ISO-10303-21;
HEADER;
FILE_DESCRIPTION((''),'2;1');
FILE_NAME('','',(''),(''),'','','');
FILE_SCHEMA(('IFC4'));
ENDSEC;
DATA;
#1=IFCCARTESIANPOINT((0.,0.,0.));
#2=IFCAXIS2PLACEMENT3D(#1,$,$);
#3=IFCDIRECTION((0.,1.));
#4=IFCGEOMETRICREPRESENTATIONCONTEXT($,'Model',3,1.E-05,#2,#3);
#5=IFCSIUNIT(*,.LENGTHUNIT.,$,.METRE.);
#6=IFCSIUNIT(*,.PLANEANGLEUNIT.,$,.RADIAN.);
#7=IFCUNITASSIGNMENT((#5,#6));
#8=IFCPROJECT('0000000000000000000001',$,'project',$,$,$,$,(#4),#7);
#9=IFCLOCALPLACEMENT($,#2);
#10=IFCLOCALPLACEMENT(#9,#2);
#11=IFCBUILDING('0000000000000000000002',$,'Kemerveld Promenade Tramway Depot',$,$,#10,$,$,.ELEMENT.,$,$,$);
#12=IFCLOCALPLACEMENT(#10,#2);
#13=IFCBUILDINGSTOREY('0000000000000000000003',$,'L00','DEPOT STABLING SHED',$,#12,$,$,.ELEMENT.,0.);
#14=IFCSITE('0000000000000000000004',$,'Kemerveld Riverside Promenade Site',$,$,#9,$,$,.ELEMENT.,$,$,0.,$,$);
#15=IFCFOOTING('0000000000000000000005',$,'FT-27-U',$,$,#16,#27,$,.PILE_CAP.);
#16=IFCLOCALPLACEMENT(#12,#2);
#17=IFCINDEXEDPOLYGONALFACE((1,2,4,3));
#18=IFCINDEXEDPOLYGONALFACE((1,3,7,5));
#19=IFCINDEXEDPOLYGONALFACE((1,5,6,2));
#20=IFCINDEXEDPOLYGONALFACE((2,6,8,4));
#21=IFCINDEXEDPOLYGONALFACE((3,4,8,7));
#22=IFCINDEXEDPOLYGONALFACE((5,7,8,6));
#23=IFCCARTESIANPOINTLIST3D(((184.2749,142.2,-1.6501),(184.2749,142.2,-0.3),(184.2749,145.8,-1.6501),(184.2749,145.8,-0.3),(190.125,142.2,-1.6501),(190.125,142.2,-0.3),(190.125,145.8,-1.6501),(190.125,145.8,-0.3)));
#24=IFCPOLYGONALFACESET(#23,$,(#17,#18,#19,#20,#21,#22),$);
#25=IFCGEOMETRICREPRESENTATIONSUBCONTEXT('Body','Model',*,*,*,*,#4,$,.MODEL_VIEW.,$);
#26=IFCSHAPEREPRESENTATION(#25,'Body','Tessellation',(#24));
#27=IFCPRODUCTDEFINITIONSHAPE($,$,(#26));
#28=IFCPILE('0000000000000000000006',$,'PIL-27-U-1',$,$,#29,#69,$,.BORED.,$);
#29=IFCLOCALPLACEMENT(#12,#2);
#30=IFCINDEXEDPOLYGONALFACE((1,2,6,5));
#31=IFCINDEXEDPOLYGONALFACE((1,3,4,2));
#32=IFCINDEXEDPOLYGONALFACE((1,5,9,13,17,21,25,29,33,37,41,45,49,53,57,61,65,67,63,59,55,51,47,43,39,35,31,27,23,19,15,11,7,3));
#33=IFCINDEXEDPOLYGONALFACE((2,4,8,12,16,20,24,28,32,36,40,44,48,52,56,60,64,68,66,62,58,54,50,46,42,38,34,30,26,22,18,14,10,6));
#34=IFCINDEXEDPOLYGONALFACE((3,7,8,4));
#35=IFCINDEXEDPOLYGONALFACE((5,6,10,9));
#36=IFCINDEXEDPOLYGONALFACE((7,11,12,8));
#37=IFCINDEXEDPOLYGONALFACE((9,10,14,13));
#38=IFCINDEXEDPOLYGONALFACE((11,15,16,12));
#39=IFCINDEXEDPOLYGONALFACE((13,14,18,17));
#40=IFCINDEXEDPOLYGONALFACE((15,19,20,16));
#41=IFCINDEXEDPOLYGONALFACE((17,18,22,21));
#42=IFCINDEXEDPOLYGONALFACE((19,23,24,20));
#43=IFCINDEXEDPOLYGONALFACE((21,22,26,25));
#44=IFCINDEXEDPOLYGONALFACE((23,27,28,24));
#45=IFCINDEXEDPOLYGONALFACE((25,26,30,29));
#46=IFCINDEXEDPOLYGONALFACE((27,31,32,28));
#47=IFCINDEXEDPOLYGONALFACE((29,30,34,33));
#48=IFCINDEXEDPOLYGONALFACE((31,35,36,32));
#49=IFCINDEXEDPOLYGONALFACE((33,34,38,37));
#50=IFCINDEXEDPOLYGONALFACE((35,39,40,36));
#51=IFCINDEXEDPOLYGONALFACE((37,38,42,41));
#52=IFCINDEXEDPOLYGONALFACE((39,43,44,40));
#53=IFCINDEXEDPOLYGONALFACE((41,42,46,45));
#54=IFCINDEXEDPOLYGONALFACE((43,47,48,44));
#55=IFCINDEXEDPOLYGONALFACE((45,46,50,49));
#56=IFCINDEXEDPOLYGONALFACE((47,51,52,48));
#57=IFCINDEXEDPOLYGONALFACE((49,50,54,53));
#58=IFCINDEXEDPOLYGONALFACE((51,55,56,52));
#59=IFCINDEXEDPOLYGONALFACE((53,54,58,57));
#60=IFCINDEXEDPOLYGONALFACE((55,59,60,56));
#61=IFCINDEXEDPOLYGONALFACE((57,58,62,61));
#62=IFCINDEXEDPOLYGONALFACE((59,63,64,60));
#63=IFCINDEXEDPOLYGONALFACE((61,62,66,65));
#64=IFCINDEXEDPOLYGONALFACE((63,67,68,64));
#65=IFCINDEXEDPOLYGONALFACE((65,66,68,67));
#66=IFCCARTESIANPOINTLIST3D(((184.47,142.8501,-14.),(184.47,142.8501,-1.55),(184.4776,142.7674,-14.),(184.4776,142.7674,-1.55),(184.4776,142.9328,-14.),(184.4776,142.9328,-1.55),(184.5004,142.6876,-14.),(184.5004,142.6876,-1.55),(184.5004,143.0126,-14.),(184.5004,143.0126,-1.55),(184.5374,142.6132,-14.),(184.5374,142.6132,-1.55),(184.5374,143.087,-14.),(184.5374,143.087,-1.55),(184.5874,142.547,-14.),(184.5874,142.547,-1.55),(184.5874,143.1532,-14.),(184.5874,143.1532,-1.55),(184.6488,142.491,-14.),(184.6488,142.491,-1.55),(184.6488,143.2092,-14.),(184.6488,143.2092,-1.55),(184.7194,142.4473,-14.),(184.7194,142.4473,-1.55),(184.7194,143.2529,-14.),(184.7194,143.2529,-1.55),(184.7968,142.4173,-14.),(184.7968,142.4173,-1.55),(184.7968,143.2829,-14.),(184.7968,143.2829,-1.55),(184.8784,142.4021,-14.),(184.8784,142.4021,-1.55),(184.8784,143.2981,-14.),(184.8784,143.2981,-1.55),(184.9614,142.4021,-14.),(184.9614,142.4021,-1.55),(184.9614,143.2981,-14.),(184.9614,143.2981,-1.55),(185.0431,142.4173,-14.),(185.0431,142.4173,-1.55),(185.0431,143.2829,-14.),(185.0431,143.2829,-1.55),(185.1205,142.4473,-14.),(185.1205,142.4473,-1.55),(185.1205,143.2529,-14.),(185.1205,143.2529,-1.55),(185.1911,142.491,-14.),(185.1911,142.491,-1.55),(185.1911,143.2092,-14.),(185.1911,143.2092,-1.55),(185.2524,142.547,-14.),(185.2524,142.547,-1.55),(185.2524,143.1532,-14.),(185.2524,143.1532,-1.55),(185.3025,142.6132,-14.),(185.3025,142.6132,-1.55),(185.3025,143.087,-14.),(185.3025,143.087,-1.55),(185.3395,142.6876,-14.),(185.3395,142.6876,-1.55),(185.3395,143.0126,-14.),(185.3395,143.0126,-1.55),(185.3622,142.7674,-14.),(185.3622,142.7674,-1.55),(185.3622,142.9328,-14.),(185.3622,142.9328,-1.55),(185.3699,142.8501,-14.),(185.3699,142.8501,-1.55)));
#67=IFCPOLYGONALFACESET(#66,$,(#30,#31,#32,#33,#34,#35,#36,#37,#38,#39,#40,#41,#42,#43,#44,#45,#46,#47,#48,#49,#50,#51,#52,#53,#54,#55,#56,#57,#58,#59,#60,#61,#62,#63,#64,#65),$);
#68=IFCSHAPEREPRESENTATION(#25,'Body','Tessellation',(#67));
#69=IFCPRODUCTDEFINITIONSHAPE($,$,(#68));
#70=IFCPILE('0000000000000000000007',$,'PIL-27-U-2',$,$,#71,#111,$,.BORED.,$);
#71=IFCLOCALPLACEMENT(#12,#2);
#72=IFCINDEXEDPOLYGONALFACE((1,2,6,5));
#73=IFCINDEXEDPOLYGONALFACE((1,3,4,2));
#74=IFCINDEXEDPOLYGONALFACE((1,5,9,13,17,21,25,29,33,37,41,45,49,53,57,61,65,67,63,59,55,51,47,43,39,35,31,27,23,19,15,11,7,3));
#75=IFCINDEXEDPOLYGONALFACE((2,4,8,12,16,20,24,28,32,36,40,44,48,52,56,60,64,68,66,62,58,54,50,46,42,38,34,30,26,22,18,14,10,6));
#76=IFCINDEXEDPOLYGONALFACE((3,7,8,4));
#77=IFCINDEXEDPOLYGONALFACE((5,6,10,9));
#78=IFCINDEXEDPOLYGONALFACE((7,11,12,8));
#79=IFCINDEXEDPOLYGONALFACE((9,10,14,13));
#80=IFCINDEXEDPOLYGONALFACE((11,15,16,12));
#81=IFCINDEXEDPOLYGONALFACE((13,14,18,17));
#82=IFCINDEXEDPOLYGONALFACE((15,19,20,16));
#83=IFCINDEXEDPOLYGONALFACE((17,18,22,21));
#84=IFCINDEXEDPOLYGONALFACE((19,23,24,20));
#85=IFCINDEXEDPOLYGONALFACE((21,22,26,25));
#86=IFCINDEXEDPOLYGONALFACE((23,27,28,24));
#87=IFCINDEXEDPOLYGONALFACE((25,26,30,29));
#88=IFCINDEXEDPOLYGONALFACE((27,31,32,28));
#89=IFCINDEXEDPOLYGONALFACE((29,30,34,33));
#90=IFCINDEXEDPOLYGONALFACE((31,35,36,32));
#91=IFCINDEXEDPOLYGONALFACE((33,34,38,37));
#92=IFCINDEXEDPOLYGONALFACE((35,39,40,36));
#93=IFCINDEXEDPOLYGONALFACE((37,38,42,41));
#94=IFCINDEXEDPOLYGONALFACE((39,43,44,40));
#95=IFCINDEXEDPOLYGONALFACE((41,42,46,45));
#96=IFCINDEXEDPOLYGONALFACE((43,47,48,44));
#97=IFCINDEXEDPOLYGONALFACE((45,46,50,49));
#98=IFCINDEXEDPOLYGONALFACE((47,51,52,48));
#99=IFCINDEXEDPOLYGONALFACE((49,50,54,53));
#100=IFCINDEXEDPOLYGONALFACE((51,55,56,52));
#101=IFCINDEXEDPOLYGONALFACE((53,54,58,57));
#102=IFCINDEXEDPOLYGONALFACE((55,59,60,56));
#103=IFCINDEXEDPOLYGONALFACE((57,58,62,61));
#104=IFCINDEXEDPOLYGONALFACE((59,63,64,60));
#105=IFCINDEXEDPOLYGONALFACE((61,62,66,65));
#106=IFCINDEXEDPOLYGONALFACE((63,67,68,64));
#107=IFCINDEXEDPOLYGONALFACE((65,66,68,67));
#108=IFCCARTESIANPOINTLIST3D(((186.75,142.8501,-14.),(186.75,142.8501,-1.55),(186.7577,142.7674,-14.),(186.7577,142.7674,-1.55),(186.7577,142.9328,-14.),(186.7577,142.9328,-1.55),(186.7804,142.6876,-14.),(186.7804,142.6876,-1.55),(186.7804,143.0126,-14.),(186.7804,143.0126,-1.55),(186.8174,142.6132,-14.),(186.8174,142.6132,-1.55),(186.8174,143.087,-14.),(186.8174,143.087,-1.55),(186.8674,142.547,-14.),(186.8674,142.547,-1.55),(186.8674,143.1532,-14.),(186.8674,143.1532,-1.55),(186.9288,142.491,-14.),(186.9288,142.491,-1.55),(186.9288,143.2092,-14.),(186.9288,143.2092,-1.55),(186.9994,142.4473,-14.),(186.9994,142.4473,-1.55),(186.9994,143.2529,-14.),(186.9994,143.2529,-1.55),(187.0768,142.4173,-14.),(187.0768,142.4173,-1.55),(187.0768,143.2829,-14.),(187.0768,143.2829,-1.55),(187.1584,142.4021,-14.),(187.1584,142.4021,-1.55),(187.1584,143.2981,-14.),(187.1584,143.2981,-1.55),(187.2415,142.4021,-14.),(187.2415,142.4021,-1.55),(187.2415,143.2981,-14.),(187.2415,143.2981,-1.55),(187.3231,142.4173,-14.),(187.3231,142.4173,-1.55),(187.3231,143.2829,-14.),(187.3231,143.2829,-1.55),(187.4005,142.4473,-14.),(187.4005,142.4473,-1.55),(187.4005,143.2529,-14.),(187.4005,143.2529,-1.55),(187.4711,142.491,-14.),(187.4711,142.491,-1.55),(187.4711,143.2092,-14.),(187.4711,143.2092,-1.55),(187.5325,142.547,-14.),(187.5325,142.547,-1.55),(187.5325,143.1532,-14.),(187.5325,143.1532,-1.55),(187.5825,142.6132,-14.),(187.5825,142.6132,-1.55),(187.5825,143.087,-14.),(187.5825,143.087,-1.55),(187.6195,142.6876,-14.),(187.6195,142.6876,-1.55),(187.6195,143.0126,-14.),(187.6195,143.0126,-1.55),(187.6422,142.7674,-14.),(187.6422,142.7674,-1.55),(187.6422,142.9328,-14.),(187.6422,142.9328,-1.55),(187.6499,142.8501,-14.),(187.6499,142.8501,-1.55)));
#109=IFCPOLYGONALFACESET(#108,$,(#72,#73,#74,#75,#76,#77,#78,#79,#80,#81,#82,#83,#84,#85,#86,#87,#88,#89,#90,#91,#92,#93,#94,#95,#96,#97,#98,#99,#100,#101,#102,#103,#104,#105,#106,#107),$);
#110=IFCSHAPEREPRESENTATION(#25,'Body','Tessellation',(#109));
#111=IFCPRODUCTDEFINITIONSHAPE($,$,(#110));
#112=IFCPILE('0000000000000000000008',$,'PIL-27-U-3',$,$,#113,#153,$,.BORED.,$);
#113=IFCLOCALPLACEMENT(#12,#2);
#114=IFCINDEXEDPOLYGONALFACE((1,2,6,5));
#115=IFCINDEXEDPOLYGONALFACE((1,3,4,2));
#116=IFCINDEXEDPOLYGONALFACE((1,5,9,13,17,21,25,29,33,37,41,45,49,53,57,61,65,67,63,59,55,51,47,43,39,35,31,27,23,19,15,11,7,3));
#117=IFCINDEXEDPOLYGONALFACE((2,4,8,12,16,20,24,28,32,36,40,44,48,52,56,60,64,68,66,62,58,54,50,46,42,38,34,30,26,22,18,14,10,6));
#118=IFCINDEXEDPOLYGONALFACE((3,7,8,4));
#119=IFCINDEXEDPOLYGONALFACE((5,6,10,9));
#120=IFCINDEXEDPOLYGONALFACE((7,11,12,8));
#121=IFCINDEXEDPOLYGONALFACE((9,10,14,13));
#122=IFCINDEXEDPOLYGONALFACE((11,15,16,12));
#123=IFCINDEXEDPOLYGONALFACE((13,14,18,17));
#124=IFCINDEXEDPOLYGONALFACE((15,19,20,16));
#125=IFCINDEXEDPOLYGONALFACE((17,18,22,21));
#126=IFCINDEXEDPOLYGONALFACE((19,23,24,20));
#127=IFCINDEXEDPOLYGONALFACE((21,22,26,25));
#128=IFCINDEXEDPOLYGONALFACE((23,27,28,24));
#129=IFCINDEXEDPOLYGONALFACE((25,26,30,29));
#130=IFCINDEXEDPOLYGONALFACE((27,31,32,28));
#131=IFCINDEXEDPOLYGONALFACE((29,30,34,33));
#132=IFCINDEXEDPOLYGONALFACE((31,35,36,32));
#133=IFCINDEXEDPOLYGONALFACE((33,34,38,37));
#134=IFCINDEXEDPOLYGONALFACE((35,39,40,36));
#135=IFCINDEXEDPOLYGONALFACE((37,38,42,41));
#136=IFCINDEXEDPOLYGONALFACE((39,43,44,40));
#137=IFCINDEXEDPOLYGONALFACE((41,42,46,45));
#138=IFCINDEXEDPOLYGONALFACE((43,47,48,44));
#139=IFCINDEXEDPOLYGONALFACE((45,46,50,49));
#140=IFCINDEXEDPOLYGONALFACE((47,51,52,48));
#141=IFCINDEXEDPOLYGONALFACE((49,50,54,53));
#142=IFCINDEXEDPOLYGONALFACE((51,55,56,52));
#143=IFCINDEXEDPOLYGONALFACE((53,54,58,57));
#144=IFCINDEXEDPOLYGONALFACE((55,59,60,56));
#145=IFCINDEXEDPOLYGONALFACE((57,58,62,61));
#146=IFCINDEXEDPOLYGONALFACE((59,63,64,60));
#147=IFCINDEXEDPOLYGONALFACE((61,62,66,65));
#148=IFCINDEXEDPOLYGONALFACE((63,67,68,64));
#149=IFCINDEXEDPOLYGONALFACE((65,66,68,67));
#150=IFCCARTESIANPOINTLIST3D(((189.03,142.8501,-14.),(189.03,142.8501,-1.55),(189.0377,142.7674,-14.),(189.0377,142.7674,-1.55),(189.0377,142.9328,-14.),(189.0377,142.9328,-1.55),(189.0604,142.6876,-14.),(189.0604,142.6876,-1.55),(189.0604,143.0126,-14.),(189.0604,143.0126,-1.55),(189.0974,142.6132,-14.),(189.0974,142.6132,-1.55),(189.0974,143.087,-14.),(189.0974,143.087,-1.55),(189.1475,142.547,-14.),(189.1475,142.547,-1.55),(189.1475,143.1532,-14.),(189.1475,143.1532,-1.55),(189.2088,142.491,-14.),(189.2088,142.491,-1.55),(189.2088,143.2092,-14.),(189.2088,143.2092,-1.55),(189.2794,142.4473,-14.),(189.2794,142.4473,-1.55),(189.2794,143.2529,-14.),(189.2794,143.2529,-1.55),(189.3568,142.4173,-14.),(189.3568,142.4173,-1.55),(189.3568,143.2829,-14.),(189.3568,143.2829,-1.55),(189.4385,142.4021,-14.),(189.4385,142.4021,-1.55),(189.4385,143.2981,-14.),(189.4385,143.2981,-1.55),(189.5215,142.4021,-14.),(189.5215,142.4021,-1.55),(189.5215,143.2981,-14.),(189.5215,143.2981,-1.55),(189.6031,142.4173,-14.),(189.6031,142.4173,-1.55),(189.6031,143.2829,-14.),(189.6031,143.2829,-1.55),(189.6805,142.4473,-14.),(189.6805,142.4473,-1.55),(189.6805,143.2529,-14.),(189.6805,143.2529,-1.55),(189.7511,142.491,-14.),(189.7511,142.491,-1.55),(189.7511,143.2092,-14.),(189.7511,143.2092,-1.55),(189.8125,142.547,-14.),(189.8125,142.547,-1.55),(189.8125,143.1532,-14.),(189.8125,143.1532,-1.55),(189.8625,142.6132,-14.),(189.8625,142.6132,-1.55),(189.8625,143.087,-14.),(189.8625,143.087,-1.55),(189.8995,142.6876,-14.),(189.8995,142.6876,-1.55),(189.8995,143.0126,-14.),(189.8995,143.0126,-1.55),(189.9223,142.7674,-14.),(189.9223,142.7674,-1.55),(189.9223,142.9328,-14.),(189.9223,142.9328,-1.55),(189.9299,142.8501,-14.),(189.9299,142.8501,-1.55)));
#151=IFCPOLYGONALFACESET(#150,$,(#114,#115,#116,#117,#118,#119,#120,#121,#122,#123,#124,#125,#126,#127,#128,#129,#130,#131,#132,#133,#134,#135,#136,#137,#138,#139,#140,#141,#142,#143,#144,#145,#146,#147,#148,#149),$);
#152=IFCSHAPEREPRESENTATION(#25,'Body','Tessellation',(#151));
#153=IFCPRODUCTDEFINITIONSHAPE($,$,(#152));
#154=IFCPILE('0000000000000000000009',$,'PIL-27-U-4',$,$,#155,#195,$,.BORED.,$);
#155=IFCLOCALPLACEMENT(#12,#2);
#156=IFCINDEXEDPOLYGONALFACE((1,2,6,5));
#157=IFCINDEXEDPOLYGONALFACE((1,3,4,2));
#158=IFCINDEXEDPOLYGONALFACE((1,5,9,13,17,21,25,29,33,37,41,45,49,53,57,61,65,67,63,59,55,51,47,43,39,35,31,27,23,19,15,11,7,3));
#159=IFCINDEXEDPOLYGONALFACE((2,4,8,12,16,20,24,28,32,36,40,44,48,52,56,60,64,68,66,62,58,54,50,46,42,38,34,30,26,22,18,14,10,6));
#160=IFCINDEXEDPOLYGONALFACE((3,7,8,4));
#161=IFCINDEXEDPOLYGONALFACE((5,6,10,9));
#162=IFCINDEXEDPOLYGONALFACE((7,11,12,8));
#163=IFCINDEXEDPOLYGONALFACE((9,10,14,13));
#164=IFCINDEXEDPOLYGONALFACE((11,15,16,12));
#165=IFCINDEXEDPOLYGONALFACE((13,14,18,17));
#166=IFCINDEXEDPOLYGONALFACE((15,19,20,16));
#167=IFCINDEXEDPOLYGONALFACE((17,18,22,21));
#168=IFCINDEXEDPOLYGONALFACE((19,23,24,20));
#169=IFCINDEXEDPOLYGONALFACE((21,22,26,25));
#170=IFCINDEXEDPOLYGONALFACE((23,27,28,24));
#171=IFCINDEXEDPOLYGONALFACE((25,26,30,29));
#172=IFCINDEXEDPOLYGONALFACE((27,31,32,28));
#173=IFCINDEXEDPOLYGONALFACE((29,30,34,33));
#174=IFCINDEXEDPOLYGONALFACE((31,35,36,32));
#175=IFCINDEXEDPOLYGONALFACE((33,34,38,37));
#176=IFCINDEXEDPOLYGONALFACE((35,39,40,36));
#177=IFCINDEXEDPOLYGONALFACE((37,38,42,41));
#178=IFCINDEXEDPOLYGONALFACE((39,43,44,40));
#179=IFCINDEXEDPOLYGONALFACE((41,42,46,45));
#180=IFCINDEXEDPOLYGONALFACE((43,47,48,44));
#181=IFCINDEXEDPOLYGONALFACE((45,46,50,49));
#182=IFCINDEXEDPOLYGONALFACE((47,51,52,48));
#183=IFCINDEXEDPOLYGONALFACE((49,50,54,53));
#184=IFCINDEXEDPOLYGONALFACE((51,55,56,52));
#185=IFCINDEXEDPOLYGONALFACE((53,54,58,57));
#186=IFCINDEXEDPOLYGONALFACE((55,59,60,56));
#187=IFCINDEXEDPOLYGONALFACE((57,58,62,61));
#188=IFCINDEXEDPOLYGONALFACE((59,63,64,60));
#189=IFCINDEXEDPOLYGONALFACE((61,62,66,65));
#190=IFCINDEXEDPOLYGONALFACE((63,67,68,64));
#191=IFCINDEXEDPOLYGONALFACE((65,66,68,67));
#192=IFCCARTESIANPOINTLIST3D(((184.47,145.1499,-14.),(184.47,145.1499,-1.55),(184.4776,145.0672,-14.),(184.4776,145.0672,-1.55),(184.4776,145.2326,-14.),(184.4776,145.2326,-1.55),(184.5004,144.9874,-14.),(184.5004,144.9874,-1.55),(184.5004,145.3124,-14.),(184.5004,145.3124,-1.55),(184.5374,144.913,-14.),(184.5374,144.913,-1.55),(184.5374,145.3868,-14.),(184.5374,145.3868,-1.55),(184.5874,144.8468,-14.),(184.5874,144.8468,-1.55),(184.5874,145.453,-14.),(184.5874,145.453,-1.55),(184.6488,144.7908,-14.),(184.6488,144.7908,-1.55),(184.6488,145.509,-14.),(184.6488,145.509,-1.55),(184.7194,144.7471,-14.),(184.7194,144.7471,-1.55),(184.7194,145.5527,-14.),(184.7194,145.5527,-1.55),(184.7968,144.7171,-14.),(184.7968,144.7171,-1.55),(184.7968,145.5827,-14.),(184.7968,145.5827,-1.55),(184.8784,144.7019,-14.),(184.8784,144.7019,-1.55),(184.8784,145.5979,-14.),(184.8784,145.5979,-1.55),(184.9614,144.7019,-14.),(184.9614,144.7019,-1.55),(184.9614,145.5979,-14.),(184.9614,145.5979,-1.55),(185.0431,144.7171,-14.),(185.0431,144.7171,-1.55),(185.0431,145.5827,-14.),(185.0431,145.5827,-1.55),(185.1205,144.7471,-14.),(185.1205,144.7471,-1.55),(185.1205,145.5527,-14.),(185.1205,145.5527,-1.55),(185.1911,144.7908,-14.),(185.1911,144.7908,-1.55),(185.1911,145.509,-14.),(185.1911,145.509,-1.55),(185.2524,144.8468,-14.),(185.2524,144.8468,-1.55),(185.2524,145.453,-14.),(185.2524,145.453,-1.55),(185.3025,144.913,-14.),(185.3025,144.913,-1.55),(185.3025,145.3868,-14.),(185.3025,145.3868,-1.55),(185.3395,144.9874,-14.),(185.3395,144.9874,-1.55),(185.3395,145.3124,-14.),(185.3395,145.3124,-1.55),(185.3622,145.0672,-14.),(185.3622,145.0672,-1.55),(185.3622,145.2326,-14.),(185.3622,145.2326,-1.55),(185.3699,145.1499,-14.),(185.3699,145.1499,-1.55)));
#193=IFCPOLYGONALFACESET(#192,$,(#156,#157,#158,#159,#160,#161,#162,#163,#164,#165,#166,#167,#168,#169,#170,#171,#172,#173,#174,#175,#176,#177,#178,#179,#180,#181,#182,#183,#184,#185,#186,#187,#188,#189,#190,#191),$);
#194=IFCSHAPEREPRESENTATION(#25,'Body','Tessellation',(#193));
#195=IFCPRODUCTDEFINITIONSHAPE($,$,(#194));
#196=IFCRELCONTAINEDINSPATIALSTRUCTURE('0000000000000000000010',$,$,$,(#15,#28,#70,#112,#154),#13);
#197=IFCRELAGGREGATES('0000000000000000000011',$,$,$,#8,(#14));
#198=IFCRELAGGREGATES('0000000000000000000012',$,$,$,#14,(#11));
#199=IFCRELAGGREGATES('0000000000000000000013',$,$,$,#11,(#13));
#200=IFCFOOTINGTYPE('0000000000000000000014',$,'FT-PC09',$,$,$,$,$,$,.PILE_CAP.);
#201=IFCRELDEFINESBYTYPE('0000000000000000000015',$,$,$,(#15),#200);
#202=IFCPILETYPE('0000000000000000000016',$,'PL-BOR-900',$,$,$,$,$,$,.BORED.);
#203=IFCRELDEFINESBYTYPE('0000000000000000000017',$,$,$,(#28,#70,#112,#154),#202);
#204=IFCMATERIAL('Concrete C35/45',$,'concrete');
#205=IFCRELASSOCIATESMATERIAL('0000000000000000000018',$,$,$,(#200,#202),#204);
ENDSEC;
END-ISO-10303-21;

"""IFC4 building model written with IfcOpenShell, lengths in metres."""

from ifc_helpers import new_model, si_unit, direction, frame, origin, origin_2d, place, context, subcontext, project, spatial, rectangle, circle, extrude, material, material_profile, profile_set, type_object, element, save


model = new_model("IFC4")

# Units and contexts
model_context = context("Model", 3, precision=1e-05, world=origin(), true_north=direction((0.0, 1.0)))
body_context = subcontext(model_context, "Body", "Model", "MODEL_VIEW")
ifc_project = project(units=[si_unit("LENGTHUNIT", "METRE"), si_unit("PLANEANGLEUNIT", "RADIAN")], contexts=[model_context])

# Site, building, storey
site_placement = place(None, origin())
site = spatial("IfcSite", under=ifc_project, at=site_placement, Name="Kemerveld Riverside Promenade Site", CompositionType="ELEMENT", RefElevation=0.0)
building_placement = place(site_placement, origin())
building = spatial("IfcBuilding", under=site, at=building_placement, Name="Kemerveld Promenade Tramway Depot", CompositionType="ELEMENT")
storey_placement = place(building_placement, origin())
storey = spatial("IfcBuildingStorey", under=building, at=storey_placement, Name="L00", Description="DEPOT STABLING SHED", CompositionType="ELEMENT", Elevation=0.0)

# Footing
ifc_material_1 = material(Name="Concrete C35/45", Category="concrete")
footing_type = type_object("IfcFootingType", Name="FT-PC09", PredefinedType="PILE_CAP", material=ifc_material_1)
footing_placement = place(storey_placement, frame((187.2, 144.0, -1.6501), z_axis=(0.0, 0.0, 1.0), x_axis=(1.0, 0.0, 0.0)))
element("IfcFooting", 1, at=footing_placement, inside=storey, type_object=footing_type, Name="FT-27-U", PredefinedType="PILE_CAP", context=body_context, shape_type="SweptSolid", body=[
    extrude(rectangle(XDim=5.8501, YDim=3.6001, at=origin_2d()), origin(), (0.0, 0.0, 1.0), 1.3501),
])

# Piles
ifc_material_profile_1 = material_profile(ifc_material_1, circle(Radius=0.45, at=origin_2d()), Name="PILE-D900")
ifc_profile_set_1 = profile_set([ifc_material_profile_1], Name="Concrete C35/45")
pile_type = type_object("IfcPileType", Name="PL-BOR-900", PredefinedType="BORED", material=ifc_profile_set_1)
for number, where, z_axis, x_axis, name in (
    (2, (184.9199, 142.8501, -1.55), (0.0, 0.0, -1.0), (1.0, 0.0, 0.0), "PIL-27-U-1"),
    (3, (187.2, 142.8501, -1.55), (0.0, 0.0, -1.0), (1.0, 0.0, 0.0), "PIL-27-U-2"),
    (4, (189.48, 142.8501, -1.55), (0.0, 0.0, -1.0), (1.0, 0.0, 0.0), "PIL-27-U-3"),
    (5, (184.9199, 145.1499, -1.55), (0.0, 0.0, -1.0), (1.0, 0.0, 0.0), "PIL-27-U-4"),
):
    element("IfcPile", number, at=place(storey_placement, frame(where, z_axis=z_axis, x_axis=x_axis)), inside=storey, type_object=pile_type, Name=name, PredefinedType="BORED", context=body_context, shape_type="SweptSolid", body=[
        extrude(circle(Radius=0.45, at=origin_2d()), origin(), (0.0, 0.0, 1.0), 12.45),
    ])

save(model, "model.ifc")
